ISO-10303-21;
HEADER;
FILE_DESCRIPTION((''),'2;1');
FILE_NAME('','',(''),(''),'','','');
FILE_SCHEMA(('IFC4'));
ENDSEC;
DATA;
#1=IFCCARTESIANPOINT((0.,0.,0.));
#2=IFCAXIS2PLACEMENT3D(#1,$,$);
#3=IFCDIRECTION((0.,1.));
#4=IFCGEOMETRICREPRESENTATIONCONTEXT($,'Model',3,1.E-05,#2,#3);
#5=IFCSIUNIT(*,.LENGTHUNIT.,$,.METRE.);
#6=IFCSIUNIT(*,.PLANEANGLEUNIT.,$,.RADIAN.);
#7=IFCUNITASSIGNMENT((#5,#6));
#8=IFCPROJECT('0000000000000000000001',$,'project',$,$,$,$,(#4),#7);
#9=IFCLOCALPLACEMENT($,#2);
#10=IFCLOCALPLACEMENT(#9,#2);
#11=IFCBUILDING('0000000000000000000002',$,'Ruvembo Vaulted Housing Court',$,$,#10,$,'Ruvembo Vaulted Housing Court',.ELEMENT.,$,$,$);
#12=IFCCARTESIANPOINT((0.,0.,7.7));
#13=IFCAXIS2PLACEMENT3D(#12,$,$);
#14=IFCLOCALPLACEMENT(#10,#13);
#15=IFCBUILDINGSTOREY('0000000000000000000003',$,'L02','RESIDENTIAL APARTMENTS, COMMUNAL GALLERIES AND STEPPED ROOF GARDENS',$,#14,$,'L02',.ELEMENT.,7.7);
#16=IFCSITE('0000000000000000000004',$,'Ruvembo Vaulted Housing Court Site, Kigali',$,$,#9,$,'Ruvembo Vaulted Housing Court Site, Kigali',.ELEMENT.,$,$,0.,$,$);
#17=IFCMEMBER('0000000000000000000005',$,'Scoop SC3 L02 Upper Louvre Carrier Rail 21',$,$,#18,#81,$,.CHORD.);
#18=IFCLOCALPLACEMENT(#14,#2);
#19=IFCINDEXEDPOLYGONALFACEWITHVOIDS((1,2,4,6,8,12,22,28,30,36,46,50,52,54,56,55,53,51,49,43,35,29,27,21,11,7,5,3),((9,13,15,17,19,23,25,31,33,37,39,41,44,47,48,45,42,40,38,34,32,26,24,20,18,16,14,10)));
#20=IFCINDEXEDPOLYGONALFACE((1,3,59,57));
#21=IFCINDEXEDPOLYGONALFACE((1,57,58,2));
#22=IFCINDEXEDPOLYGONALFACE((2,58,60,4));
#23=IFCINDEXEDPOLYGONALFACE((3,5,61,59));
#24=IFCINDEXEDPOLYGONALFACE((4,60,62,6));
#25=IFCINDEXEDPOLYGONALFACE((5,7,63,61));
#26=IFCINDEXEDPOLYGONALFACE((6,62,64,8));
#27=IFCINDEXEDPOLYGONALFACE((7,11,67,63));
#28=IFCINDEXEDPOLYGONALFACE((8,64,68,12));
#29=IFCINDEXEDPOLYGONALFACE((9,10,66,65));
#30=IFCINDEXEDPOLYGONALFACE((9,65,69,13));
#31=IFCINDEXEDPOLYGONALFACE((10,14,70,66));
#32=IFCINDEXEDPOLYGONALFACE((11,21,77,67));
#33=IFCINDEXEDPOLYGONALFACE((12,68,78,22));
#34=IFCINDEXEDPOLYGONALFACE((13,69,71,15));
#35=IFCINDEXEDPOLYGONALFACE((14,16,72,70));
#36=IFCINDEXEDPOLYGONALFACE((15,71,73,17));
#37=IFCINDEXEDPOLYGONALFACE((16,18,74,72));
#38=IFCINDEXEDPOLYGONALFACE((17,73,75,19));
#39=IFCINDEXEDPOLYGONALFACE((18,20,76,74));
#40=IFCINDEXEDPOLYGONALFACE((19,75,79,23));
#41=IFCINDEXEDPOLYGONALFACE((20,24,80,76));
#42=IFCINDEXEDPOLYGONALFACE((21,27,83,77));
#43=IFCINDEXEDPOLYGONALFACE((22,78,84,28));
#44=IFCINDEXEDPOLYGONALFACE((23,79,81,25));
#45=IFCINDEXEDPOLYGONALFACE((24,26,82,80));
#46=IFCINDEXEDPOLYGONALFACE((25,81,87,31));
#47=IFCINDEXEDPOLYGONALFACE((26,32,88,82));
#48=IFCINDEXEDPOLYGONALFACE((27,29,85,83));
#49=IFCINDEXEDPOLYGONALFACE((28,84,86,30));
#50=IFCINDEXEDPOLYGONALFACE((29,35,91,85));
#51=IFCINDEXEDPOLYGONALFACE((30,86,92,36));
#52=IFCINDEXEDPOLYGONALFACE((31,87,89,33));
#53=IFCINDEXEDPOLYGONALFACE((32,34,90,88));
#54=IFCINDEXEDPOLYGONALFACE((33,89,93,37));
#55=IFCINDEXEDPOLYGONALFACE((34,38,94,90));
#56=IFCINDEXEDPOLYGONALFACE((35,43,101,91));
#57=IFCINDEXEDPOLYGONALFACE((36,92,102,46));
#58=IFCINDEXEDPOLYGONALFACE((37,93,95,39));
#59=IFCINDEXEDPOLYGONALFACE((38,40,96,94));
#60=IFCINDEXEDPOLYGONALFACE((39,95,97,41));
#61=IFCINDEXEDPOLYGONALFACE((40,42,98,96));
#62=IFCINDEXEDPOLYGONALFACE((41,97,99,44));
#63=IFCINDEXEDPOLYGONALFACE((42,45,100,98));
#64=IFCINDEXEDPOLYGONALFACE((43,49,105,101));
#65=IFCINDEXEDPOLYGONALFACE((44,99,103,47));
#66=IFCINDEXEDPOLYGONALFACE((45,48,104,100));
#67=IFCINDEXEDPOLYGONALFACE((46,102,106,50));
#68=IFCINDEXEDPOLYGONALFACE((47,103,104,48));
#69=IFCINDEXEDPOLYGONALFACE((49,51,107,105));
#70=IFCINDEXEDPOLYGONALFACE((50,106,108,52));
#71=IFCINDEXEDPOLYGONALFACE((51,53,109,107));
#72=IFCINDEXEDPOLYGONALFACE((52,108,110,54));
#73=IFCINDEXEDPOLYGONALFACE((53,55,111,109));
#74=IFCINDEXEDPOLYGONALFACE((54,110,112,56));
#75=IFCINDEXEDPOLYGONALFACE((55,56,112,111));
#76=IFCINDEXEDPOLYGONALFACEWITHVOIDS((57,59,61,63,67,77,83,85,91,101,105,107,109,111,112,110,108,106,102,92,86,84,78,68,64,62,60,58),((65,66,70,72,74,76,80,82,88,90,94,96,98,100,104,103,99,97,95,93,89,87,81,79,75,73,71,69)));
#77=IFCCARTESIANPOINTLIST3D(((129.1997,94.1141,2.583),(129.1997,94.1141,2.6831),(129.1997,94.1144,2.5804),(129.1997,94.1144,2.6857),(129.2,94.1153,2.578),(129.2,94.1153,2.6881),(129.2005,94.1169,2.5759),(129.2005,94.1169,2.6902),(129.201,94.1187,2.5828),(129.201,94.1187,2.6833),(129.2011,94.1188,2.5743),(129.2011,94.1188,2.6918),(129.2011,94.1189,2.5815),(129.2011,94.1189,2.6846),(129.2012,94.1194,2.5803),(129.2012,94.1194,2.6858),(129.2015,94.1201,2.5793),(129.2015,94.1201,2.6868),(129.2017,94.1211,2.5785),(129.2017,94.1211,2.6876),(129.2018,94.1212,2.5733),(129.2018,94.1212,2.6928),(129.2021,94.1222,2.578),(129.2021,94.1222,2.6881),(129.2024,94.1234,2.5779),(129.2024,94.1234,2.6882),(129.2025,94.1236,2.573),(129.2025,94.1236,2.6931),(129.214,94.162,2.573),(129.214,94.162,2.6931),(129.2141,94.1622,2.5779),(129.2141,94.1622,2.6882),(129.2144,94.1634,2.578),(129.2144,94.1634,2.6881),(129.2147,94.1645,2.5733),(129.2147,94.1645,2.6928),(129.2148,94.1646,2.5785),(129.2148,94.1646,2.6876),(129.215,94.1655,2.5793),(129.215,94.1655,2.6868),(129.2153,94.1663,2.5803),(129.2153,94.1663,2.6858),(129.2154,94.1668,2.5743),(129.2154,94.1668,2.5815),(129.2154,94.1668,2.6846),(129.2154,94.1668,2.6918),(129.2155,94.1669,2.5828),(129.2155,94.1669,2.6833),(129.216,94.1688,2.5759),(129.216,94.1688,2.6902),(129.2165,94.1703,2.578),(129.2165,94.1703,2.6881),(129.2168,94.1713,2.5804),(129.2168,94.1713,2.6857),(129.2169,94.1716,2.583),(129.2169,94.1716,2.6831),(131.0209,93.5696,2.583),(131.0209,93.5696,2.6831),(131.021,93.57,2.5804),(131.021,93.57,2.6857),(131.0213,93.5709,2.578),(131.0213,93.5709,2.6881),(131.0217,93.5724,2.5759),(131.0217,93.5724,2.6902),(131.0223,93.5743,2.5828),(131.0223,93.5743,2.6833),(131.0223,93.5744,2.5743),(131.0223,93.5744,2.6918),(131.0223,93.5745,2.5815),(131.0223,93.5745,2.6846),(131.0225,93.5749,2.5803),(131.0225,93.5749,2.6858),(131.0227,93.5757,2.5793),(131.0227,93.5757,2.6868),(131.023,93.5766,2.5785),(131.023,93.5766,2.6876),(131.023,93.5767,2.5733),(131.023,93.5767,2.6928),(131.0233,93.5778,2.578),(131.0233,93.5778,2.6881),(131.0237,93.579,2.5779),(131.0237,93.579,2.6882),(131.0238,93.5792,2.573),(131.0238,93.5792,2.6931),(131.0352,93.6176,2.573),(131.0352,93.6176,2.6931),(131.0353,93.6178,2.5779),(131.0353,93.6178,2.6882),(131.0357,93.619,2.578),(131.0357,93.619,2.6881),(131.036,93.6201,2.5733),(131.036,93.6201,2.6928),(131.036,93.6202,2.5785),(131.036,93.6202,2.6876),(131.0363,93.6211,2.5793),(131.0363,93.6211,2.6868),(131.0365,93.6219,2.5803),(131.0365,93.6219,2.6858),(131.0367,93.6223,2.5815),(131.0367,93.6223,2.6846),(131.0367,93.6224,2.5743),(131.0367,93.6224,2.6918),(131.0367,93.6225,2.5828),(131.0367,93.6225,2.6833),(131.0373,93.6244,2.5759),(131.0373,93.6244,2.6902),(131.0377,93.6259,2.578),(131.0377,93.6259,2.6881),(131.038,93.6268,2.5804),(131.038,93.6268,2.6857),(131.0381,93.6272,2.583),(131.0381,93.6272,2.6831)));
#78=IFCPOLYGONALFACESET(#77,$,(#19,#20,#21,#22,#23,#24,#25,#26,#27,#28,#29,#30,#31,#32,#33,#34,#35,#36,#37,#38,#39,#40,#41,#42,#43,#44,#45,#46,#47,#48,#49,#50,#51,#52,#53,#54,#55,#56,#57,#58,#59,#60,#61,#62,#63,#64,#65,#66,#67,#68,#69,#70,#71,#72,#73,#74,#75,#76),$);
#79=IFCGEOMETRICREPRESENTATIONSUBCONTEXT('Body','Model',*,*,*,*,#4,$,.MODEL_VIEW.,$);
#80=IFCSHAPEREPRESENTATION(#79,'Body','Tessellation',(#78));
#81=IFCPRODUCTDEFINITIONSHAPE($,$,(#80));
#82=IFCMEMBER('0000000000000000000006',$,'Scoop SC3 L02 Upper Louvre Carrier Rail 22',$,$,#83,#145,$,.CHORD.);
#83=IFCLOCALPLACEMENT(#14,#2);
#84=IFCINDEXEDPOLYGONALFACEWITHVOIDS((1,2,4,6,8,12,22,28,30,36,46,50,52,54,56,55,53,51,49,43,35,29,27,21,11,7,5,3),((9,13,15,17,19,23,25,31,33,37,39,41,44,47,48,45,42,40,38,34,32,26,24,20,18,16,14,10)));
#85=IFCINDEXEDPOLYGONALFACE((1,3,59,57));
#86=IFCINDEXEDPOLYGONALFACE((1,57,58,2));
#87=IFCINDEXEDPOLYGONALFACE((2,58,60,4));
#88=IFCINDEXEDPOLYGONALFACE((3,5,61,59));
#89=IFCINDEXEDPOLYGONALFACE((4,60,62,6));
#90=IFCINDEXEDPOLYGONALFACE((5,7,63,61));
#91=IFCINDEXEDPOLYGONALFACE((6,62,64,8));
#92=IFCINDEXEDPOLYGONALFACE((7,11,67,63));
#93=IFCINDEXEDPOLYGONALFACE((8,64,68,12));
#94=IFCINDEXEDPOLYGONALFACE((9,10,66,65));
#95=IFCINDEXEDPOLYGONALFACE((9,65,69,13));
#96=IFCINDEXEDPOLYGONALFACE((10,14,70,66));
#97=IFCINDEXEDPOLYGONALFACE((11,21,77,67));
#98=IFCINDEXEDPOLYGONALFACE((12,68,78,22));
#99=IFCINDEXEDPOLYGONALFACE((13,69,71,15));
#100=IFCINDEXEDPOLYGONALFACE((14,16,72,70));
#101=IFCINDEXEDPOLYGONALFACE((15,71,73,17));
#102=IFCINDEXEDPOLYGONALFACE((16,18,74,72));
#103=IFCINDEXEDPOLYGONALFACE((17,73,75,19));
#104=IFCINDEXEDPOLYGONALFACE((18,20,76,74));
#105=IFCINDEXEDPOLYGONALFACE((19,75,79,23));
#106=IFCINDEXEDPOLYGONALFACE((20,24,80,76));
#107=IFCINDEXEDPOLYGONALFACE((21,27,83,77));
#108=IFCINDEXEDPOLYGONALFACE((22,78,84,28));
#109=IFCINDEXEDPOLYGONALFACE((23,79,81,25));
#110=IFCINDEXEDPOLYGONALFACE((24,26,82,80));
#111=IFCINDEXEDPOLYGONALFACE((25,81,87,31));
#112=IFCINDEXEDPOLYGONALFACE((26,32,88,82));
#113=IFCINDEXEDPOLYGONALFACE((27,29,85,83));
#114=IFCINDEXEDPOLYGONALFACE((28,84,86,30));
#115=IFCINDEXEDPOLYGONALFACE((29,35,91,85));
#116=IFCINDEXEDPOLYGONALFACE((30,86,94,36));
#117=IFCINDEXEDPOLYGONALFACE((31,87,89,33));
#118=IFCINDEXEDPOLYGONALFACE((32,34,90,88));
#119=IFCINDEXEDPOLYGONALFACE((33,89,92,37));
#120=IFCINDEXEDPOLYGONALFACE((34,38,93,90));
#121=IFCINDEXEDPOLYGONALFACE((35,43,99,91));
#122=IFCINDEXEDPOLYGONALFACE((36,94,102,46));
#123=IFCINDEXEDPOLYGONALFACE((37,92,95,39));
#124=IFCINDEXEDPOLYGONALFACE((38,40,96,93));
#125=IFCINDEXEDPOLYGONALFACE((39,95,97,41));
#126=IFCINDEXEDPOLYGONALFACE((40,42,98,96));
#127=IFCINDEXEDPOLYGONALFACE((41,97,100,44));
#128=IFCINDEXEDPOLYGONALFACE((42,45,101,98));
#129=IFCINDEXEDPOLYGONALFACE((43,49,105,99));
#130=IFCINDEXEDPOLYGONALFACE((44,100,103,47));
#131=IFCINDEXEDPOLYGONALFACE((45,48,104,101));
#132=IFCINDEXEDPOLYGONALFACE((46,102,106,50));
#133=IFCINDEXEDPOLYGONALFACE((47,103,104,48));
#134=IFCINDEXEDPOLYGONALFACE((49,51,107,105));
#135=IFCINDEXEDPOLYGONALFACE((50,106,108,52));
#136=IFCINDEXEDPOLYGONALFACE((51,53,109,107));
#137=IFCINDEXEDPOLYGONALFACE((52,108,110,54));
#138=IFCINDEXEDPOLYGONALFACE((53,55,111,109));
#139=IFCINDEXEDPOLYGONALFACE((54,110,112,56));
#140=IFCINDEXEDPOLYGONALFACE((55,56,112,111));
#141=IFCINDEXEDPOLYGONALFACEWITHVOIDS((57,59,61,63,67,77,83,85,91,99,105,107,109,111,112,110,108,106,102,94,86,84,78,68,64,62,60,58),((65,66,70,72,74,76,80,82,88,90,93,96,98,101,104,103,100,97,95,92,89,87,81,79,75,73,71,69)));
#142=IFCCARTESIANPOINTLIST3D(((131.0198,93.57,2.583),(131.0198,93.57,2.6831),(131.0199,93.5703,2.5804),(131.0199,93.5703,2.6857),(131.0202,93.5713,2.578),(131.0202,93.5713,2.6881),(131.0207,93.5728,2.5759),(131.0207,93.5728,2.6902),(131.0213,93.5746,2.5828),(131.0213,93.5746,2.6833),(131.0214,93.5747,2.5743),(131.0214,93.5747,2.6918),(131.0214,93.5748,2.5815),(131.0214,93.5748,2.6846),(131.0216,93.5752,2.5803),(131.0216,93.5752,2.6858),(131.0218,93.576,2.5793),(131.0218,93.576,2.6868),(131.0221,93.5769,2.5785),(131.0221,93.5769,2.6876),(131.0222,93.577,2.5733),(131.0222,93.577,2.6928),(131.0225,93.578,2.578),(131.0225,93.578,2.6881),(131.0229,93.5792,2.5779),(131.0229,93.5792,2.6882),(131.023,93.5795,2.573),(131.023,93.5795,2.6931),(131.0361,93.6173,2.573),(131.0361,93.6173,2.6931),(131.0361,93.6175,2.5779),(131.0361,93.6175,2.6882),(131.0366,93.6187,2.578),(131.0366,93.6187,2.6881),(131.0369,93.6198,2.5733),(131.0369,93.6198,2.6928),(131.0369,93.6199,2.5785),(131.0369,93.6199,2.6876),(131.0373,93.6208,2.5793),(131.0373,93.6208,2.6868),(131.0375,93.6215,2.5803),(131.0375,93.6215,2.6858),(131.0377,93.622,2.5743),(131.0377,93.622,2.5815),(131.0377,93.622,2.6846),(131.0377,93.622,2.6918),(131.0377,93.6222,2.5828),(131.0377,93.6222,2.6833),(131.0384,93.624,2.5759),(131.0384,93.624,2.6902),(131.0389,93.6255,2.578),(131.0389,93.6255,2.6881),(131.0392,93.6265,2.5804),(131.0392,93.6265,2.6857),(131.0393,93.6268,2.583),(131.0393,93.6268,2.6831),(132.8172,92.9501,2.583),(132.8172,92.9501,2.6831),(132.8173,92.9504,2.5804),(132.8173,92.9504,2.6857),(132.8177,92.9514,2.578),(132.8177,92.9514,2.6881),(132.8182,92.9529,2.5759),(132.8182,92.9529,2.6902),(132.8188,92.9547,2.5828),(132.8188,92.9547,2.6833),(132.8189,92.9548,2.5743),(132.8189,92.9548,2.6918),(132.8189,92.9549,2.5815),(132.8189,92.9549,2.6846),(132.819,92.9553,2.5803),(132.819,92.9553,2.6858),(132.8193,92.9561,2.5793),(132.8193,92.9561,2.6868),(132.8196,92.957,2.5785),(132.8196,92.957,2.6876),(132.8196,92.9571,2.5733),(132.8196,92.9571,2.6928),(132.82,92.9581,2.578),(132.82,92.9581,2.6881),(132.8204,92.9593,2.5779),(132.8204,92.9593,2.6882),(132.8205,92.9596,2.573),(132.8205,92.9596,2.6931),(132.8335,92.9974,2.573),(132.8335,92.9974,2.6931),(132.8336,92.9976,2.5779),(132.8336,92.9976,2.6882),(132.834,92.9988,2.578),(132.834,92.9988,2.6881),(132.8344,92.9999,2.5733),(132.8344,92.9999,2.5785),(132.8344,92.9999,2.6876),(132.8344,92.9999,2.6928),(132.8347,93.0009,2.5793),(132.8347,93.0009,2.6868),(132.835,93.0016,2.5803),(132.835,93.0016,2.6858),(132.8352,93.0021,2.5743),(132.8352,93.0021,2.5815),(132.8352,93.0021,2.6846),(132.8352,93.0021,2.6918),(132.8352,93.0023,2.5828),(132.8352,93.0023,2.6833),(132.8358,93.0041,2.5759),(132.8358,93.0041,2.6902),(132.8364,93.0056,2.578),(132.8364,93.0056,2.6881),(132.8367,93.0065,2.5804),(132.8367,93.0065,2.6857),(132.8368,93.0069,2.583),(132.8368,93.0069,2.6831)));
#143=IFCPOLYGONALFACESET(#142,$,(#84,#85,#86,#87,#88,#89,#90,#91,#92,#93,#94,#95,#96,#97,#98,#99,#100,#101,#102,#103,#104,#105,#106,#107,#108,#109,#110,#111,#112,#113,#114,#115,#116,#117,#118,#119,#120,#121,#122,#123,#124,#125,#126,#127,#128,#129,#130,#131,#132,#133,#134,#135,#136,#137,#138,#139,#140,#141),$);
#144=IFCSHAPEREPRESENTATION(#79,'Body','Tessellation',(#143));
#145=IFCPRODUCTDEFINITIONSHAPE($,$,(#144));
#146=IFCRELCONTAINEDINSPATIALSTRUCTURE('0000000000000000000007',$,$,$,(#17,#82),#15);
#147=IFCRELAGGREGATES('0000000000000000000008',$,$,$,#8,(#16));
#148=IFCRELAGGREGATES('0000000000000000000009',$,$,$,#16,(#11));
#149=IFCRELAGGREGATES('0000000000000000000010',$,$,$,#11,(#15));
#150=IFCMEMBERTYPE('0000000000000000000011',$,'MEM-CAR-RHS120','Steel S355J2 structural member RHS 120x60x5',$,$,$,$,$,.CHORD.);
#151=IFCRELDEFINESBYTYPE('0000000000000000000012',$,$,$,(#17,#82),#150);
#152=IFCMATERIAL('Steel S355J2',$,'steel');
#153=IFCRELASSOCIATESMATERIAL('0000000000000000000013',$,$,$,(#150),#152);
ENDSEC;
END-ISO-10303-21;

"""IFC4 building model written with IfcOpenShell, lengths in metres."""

from ifc_helpers import new_model, si_unit, direction, frame, origin, origin_2d, place, context, subcontext, project, spatial, hollow_rectangle, extrude, material, material_profile, profile_set, type_object, element, save


model = new_model("IFC4")

# Units and contexts
model_context = context("Model", 3, precision=1e-05, world=origin(), true_north=direction((0.0, 1.0)))
body_context = subcontext(model_context, "Body", "Model", "MODEL_VIEW")
ifc_project = project(units=[si_unit("LENGTHUNIT", "METRE"), si_unit("PLANEANGLEUNIT", "RADIAN")], contexts=[model_context])

# Site, building, storey
site_placement = place(None, origin())
site = spatial("IfcSite", under=ifc_project, at=site_placement, Name="Ruvembo Vaulted Housing Court Site, Kigali", LongName="Ruvembo Vaulted Housing Court Site, Kigali", CompositionType="ELEMENT", RefElevation=0.0)
building_placement = place(site_placement, origin())
building = spatial("IfcBuilding", under=site, at=building_placement, Name="Ruvembo Vaulted Housing Court", LongName="Ruvembo Vaulted Housing Court", CompositionType="ELEMENT")
storey_placement = place(building_placement, frame((0.0, 0.0, 7.7)))
storey = spatial("IfcBuildingStorey", under=building, at=storey_placement, Name="L02", Description="RESIDENTIAL APARTMENTS, COMMUNAL GALLERIES AND STEPPED ROOF GARDENS", LongName="L02", CompositionType="ELEMENT", Elevation=7.7)

# Shared definitions
ifc_material_1 = material(Name="Steel S355J2", Category="steel")

# Members
ifc_material_profile_1 = material_profile(ifc_material_1, hollow_rectangle(XDim=0.0601, YDim=0.1201, WallThickness=0.0049, InnerFilletRadius=0.0049, OuterFilletRadius=0.01, at=origin_2d()), Name="RHS 120x60x5")
ifc_profile_set_1 = profile_set([ifc_material_profile_1], Name="Steel S355J2")
member_type_1 = type_object("IfcMemberType", Name="MEM-CAR-RHS120", Description="Steel S355J2 structural member RHS 120x60x5", PredefinedType="CHORD", material=ifc_profile_set_1)
for number, where, z_axis, x_axis, name in (
    (1, (129.2083, 94.1428, 2.6331), (0.958109, -0.286405, 0.0), (0.286405, 0.958109, 0.0), "Scoop SC3 L02 Upper Louvre Carrier Rail 21"),
):
    element("IfcMember", number, at=place(storey_placement, frame(where, z_axis=z_axis, x_axis=x_axis)), inside=storey, type_object=member_type_1, Name=name, PredefinedType="CHORD", context=body_context, shape_type="SweptSolid", body=[
        extrude(hollow_rectangle(XDim=0.0601, YDim=0.1201, WallThickness=0.0049, InnerFilletRadius=0.0049, OuterFilletRadius=0.01, at=origin_2d()), origin(), (0.0, 0.0, 1.0), 1.9009),
    ])
member_1_placement = place(storey_placement, frame((131.0295, 93.5984, 2.6331), z_axis=(0.945358, -0.326034, 0.0), x_axis=(0.326034, 0.945358, 0.0)))
element("IfcMember", 2, at=member_1_placement, inside=storey, type_object=member_type_1, Name="Scoop SC3 L02 Upper Louvre Carrier Rail 22", PredefinedType="CHORD", context=body_context, shape_type="SweptSolid", body=[
    extrude(hollow_rectangle(XDim=0.0601, YDim=0.1201, WallThickness=0.0049, InnerFilletRadius=0.0049, OuterFilletRadius=0.01, at=origin_2d()), origin(), (0.0, 0.0, 1.0), 1.9014),
])

save(model, "model.ifc")
